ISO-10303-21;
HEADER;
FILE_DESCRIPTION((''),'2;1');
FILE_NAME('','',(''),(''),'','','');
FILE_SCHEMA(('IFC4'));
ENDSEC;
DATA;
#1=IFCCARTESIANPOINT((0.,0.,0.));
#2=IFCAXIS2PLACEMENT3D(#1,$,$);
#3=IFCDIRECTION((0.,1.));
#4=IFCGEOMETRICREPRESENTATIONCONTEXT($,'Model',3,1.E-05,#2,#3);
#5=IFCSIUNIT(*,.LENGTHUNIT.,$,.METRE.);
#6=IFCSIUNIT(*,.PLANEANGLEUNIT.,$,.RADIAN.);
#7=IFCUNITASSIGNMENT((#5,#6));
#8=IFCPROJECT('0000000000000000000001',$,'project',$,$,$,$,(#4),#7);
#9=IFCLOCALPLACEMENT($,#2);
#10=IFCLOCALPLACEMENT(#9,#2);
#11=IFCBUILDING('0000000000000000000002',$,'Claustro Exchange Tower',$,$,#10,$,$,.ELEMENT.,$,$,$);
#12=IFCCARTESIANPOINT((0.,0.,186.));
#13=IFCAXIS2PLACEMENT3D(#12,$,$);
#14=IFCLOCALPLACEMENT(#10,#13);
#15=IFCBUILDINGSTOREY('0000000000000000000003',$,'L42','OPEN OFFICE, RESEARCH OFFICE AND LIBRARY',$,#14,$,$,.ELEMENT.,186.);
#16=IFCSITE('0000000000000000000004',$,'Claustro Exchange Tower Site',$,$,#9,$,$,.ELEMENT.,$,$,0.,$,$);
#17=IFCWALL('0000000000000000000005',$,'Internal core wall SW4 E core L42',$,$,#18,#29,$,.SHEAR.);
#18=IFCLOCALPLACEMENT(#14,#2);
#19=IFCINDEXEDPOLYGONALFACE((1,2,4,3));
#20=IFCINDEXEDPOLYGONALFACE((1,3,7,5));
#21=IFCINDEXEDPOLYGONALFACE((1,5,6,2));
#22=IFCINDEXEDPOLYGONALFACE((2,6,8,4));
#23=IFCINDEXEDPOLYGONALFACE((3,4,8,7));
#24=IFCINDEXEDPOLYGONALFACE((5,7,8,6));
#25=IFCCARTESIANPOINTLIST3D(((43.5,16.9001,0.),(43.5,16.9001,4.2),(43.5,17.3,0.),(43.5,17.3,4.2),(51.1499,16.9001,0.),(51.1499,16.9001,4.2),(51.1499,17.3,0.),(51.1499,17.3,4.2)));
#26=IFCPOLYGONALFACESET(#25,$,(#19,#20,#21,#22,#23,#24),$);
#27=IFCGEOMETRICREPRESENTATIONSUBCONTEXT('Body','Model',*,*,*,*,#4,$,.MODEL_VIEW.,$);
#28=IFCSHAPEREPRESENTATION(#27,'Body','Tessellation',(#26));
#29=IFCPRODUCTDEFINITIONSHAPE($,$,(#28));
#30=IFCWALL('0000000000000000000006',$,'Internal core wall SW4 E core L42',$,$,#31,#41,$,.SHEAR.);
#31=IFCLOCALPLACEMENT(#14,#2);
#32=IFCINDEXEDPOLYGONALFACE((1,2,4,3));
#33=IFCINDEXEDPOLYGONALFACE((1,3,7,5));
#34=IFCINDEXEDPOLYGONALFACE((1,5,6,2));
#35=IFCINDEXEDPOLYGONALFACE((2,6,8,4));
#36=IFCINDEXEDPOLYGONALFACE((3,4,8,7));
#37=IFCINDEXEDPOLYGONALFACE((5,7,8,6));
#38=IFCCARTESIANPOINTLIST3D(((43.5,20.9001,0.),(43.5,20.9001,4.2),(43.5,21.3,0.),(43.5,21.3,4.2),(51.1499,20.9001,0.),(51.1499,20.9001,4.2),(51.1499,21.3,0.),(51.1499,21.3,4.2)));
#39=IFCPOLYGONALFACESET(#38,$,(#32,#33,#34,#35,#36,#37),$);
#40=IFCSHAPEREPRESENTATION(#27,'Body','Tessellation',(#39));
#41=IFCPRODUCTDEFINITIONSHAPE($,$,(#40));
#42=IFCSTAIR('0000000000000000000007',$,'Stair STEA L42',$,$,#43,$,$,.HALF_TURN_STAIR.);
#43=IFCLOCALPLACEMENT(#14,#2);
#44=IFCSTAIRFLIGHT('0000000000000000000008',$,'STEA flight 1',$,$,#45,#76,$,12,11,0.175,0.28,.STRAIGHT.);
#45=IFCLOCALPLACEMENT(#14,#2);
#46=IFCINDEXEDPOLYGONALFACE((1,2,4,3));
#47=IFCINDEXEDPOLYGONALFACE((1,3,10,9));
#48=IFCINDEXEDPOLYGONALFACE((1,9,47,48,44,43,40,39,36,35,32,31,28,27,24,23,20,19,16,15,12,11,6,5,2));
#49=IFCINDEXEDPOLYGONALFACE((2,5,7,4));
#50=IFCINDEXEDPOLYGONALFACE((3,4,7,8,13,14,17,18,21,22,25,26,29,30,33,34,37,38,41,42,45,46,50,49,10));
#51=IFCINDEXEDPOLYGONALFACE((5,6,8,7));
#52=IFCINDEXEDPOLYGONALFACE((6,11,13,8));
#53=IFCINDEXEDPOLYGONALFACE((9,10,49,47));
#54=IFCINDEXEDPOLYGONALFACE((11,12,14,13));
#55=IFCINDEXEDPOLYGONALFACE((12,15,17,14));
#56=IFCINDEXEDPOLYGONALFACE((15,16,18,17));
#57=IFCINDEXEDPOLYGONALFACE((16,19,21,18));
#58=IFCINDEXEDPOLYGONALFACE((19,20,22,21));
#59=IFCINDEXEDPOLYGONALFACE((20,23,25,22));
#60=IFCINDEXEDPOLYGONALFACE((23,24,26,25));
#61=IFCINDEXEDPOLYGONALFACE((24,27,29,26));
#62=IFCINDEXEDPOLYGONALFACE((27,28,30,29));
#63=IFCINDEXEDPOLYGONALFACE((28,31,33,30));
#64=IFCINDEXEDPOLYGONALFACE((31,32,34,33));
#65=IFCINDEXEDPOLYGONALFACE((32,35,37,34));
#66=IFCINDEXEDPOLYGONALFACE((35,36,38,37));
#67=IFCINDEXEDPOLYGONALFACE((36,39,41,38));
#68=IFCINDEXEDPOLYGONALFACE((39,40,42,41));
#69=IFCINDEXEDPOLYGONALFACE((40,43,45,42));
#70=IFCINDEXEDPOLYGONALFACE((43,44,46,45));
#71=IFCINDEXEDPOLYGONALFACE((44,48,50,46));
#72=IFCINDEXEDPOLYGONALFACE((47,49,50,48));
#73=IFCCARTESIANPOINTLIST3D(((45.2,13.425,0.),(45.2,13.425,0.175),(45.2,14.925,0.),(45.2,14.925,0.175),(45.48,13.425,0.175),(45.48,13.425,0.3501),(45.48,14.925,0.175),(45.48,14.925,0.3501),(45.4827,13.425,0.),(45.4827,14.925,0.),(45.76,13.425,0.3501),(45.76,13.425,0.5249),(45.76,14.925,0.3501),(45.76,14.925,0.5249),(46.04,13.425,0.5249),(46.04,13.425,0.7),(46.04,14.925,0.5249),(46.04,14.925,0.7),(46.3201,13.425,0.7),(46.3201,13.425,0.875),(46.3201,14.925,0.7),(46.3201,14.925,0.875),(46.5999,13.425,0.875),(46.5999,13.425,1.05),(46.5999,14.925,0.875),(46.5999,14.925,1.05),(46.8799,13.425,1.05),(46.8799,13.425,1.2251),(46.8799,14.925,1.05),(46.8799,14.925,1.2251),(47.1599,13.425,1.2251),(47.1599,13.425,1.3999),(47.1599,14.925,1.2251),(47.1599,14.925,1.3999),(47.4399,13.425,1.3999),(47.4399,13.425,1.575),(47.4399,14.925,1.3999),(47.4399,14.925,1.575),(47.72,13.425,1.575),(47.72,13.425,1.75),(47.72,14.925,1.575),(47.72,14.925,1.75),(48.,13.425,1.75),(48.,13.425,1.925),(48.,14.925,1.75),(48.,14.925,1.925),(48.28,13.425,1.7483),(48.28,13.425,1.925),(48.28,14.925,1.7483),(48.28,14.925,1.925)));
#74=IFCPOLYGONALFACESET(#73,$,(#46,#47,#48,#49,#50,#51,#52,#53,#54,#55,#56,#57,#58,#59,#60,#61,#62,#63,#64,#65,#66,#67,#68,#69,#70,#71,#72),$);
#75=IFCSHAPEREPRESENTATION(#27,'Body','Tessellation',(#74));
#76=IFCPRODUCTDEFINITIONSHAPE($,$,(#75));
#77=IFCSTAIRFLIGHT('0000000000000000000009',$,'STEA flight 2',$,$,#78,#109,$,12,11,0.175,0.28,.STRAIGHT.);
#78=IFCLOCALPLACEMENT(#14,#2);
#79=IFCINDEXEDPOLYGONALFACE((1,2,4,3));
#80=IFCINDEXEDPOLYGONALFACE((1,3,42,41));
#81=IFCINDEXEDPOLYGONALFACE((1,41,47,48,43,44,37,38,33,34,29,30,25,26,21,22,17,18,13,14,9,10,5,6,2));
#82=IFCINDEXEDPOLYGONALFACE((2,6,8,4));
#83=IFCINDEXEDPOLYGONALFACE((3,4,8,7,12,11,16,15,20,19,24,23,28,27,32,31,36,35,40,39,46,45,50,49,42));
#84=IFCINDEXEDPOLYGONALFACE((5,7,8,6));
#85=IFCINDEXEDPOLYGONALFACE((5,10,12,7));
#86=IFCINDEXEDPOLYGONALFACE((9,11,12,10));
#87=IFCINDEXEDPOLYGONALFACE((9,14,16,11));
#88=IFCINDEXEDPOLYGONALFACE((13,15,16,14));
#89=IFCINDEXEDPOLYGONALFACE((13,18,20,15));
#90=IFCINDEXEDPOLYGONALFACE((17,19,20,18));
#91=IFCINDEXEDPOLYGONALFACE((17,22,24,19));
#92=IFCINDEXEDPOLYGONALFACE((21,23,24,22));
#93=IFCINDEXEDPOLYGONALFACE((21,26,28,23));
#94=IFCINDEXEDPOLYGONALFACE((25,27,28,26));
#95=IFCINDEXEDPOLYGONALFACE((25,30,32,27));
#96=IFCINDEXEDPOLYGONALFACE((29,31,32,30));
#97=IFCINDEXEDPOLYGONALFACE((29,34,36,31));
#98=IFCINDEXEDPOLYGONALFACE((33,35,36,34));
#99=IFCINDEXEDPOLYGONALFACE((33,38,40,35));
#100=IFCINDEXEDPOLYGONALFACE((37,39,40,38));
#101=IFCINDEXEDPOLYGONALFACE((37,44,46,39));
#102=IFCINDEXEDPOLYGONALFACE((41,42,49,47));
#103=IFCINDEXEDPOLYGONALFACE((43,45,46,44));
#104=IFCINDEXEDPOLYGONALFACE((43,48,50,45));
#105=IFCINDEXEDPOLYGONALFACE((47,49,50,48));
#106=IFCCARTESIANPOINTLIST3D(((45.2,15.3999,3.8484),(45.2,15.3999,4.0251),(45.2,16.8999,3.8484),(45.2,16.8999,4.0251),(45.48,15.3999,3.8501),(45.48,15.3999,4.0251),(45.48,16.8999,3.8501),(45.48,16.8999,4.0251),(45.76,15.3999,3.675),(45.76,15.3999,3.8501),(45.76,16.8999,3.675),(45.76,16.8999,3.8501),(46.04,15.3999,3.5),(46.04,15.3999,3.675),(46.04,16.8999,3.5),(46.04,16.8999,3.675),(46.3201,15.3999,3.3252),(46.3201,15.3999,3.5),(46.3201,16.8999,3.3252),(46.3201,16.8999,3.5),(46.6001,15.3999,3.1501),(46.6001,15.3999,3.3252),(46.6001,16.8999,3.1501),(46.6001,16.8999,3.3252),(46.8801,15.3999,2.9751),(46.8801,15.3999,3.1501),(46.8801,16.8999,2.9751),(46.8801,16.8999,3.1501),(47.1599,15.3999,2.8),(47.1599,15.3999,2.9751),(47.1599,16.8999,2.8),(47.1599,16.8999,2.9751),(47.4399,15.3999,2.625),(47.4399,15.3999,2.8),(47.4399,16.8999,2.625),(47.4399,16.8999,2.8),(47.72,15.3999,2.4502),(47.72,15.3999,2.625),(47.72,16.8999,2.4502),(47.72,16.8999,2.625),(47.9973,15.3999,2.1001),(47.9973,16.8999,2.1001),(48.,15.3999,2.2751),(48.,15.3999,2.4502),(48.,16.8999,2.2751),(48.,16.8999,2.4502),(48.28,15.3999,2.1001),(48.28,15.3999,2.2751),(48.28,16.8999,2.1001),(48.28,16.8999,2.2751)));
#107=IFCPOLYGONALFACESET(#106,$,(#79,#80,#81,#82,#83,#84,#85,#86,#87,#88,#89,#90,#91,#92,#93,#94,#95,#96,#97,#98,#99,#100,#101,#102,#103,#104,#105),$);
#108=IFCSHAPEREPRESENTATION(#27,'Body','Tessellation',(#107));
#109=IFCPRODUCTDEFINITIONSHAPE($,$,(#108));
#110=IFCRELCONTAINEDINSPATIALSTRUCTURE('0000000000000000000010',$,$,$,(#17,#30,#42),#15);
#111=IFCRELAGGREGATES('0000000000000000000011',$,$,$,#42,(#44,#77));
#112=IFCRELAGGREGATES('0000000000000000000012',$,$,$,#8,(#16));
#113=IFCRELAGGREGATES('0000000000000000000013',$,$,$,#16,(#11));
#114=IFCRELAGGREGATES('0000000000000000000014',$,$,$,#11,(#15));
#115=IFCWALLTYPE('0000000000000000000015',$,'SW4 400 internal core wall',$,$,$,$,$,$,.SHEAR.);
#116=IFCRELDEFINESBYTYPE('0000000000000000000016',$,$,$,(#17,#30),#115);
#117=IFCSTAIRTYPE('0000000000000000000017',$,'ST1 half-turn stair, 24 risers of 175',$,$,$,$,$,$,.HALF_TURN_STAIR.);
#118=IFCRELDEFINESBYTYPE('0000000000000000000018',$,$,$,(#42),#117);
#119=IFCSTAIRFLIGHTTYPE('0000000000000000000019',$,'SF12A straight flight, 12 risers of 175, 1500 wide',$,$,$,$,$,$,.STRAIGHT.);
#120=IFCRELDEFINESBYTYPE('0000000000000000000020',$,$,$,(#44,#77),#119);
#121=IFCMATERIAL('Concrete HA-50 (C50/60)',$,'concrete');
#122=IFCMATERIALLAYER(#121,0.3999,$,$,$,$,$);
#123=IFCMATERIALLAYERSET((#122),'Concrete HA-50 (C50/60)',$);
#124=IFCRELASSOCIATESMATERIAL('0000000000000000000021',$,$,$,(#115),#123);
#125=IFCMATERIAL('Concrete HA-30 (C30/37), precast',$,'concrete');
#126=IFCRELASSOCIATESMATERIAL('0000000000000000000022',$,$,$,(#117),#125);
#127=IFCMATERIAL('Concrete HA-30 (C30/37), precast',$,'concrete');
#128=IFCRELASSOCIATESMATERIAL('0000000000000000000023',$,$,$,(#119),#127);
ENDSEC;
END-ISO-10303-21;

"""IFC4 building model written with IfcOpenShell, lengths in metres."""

from ifc_helpers import new_model, si_unit, direction, frame, frame_2d, origin, place, context, subcontext, project, spatial, polyline, rectangle, outline, extrude, material, layer, layer_set, type_object, element, aggregate, save


model = new_model("IFC4")

# Units and contexts
model_context = context("Model", 3, precision=1e-05, world=origin(), true_north=direction((0.0, 1.0)))
body_context = subcontext(model_context, "Body", "Model", "MODEL_VIEW")
ifc_project = project(units=[si_unit("LENGTHUNIT", "METRE"), si_unit("PLANEANGLEUNIT", "RADIAN")], contexts=[model_context])

# Site, building, storey
site_placement = place(None, origin())
site = spatial("IfcSite", under=ifc_project, at=site_placement, Name="Claustro Exchange Tower Site", CompositionType="ELEMENT", RefElevation=0.0)
building_placement = place(site_placement, origin())
building = spatial("IfcBuilding", under=site, at=building_placement, Name="Claustro Exchange Tower", CompositionType="ELEMENT")
storey_placement = place(building_placement, frame((0.0, 0.0, 186.0)))
storey = spatial("IfcBuildingStorey", under=building, at=storey_placement, Name="L42", Description="OPEN OFFICE, RESEARCH OFFICE AND LIBRARY", CompositionType="ELEMENT", Elevation=186.0)

# Shared definitions
ifc_material_1 = material(Name="Concrete HA-50 (C50/60)", Category="concrete")
ifc_layer_1 = layer(ifc_material_1, 0.3999)
ifc_layer_set_1 = layer_set([ifc_layer_1], Name="Concrete HA-50 (C50/60)")
wall_type_1 = type_object("IfcWallType", Name="SW4 400 internal core wall", PredefinedType="SHEAR", material=ifc_layer_set_1)

# Walls
for number, where, z_axis, x_axis, name in (
    (1, (51.1499, 17.1001, 0.0), (0.0, 0.0, 1.0), (-1.0, 0.0, 0.0), "Internal core wall SW4 E core L42"),
    (2, (51.1499, 21.1001, 0.0), (0.0, 0.0, 1.0), (-1.0, 0.0, 0.0), "Internal core wall SW4 E core L42"),
):
    element("IfcWall", number, at=place(storey_placement, frame(where, z_axis=z_axis, x_axis=x_axis)), inside=storey, type_object=wall_type_1, Name=name, PredefinedType="SHEAR", context=body_context, shape_type="SweptSolid", body=[
        extrude(rectangle(XDim=7.6499, YDim=0.3999, at=frame_2d((3.825, 0.0))), origin(), (0.0, 0.0, 1.0), 4.2),
    ])

# Stair, stair flights
ifc_material_2 = material(Name="Concrete HA-30 (C30/37), precast", Category="concrete")
stair_type = type_object("IfcStairType", Name="ST1 half-turn stair, 24 risers of 175", PredefinedType="HALF_TURN_STAIR", material=ifc_material_2)
stair_placement = place(storey_placement, origin())
stair = element("IfcStair", 3, at=stair_placement, inside=storey, type_object=stair_type, Name="Stair STEA L42", PredefinedType="HALF_TURN_STAIR")
ifc_material_3 = material(Name="Concrete HA-30 (C30/37), precast", Category="concrete")
stair_flight_type = type_object("IfcStairFlightType", Name="SF12A straight flight, 12 risers of 175, 1500 wide", PredefinedType="STRAIGHT", material=ifc_material_3)
stair_flight_1_placement = place(storey_placement, frame((45.2, 14.175, 0.0), z_axis=(0.0, 0.0, 1.0), x_axis=(1.0, 0.0, 0.0)))
stair_flight_1 = element("IfcStairFlight", 4, at=stair_flight_1_placement, type_object=stair_flight_type, Name="STEA flight 1", NumberOfRisers=12, NumberOfTreads=11, PredefinedType="STRAIGHT", RiserHeight=0.175, TreadLength=0.28, context=body_context, shape_type="SweptSolid", body=[
    extrude(outline(polyline([(0.0, 0.0), (0.0, 0.175), (0.28, 0.175), (0.28, 0.3501), (0.5601, 0.3501), (0.5601, 0.5249), (0.8401, 0.5249), (0.8401, 0.7), (1.1201, 0.7), (1.1201, 0.875), (1.3999, 0.875), (1.3999, 1.05), (1.6799, 1.05), (1.6799, 1.2251), (1.96, 1.2251), (1.96, 1.3999), (2.24, 1.3999), (2.24, 1.575), (2.52, 1.575), (2.52, 1.75), (2.8, 1.75), (2.8, 1.925), (3.0801, 1.925), (3.0801, 2.1001), (3.0801, 1.7483), (0.2827, 0.0), (0.0, 0.0)])), frame((0.0, 0.75, 0.0), z_axis=(0.0, -1.0, 0.0), x_axis=(1.0, 0.0, 0.0)), (0.0, 0.0, 1.0), 1.5),
])
stair_flight_2_placement = place(storey_placement, frame((48.28, 16.1499, 2.1001), z_axis=(0.0, 0.0, 1.0), x_axis=(-1.0, 0.0, 0.0)))
stair_flight_2 = element("IfcStairFlight", 5, at=stair_flight_2_placement, type_object=stair_flight_type, Name="STEA flight 2", NumberOfRisers=12, NumberOfTreads=11, PredefinedType="STRAIGHT", RiserHeight=0.175, TreadLength=0.28, context=body_context, shape_type="SweptSolid", body=[
    extrude(outline(polyline([(0.0, 0.0), (0.0, 0.175), (0.28, 0.175), (0.28, 0.3501), (0.5601, 0.3501), (0.5601, 0.5249), (0.8401, 0.5249), (0.8401, 0.7), (1.1201, 0.7), (1.1201, 0.875), (1.3999, 0.875), (1.3999, 1.05), (1.6799, 1.05), (1.6799, 1.2251), (1.96, 1.2251), (1.96, 1.3999), (2.24, 1.3999), (2.24, 1.575), (2.52, 1.575), (2.52, 1.75), (2.8, 1.75), (2.8, 1.925), (3.0801, 1.925), (3.0801, 2.1001), (3.0801, 1.7483), (0.2827, 0.0), (0.0, 0.0)])), frame((0.0, 0.75, 0.0), z_axis=(0.0, -1.0, 0.0), x_axis=(1.0, 0.0, 0.0)), (0.0, 0.0, 1.0), 1.5),
])
aggregate(stair, [stair_flight_1, stair_flight_2])

save(model, "model.ifc")
